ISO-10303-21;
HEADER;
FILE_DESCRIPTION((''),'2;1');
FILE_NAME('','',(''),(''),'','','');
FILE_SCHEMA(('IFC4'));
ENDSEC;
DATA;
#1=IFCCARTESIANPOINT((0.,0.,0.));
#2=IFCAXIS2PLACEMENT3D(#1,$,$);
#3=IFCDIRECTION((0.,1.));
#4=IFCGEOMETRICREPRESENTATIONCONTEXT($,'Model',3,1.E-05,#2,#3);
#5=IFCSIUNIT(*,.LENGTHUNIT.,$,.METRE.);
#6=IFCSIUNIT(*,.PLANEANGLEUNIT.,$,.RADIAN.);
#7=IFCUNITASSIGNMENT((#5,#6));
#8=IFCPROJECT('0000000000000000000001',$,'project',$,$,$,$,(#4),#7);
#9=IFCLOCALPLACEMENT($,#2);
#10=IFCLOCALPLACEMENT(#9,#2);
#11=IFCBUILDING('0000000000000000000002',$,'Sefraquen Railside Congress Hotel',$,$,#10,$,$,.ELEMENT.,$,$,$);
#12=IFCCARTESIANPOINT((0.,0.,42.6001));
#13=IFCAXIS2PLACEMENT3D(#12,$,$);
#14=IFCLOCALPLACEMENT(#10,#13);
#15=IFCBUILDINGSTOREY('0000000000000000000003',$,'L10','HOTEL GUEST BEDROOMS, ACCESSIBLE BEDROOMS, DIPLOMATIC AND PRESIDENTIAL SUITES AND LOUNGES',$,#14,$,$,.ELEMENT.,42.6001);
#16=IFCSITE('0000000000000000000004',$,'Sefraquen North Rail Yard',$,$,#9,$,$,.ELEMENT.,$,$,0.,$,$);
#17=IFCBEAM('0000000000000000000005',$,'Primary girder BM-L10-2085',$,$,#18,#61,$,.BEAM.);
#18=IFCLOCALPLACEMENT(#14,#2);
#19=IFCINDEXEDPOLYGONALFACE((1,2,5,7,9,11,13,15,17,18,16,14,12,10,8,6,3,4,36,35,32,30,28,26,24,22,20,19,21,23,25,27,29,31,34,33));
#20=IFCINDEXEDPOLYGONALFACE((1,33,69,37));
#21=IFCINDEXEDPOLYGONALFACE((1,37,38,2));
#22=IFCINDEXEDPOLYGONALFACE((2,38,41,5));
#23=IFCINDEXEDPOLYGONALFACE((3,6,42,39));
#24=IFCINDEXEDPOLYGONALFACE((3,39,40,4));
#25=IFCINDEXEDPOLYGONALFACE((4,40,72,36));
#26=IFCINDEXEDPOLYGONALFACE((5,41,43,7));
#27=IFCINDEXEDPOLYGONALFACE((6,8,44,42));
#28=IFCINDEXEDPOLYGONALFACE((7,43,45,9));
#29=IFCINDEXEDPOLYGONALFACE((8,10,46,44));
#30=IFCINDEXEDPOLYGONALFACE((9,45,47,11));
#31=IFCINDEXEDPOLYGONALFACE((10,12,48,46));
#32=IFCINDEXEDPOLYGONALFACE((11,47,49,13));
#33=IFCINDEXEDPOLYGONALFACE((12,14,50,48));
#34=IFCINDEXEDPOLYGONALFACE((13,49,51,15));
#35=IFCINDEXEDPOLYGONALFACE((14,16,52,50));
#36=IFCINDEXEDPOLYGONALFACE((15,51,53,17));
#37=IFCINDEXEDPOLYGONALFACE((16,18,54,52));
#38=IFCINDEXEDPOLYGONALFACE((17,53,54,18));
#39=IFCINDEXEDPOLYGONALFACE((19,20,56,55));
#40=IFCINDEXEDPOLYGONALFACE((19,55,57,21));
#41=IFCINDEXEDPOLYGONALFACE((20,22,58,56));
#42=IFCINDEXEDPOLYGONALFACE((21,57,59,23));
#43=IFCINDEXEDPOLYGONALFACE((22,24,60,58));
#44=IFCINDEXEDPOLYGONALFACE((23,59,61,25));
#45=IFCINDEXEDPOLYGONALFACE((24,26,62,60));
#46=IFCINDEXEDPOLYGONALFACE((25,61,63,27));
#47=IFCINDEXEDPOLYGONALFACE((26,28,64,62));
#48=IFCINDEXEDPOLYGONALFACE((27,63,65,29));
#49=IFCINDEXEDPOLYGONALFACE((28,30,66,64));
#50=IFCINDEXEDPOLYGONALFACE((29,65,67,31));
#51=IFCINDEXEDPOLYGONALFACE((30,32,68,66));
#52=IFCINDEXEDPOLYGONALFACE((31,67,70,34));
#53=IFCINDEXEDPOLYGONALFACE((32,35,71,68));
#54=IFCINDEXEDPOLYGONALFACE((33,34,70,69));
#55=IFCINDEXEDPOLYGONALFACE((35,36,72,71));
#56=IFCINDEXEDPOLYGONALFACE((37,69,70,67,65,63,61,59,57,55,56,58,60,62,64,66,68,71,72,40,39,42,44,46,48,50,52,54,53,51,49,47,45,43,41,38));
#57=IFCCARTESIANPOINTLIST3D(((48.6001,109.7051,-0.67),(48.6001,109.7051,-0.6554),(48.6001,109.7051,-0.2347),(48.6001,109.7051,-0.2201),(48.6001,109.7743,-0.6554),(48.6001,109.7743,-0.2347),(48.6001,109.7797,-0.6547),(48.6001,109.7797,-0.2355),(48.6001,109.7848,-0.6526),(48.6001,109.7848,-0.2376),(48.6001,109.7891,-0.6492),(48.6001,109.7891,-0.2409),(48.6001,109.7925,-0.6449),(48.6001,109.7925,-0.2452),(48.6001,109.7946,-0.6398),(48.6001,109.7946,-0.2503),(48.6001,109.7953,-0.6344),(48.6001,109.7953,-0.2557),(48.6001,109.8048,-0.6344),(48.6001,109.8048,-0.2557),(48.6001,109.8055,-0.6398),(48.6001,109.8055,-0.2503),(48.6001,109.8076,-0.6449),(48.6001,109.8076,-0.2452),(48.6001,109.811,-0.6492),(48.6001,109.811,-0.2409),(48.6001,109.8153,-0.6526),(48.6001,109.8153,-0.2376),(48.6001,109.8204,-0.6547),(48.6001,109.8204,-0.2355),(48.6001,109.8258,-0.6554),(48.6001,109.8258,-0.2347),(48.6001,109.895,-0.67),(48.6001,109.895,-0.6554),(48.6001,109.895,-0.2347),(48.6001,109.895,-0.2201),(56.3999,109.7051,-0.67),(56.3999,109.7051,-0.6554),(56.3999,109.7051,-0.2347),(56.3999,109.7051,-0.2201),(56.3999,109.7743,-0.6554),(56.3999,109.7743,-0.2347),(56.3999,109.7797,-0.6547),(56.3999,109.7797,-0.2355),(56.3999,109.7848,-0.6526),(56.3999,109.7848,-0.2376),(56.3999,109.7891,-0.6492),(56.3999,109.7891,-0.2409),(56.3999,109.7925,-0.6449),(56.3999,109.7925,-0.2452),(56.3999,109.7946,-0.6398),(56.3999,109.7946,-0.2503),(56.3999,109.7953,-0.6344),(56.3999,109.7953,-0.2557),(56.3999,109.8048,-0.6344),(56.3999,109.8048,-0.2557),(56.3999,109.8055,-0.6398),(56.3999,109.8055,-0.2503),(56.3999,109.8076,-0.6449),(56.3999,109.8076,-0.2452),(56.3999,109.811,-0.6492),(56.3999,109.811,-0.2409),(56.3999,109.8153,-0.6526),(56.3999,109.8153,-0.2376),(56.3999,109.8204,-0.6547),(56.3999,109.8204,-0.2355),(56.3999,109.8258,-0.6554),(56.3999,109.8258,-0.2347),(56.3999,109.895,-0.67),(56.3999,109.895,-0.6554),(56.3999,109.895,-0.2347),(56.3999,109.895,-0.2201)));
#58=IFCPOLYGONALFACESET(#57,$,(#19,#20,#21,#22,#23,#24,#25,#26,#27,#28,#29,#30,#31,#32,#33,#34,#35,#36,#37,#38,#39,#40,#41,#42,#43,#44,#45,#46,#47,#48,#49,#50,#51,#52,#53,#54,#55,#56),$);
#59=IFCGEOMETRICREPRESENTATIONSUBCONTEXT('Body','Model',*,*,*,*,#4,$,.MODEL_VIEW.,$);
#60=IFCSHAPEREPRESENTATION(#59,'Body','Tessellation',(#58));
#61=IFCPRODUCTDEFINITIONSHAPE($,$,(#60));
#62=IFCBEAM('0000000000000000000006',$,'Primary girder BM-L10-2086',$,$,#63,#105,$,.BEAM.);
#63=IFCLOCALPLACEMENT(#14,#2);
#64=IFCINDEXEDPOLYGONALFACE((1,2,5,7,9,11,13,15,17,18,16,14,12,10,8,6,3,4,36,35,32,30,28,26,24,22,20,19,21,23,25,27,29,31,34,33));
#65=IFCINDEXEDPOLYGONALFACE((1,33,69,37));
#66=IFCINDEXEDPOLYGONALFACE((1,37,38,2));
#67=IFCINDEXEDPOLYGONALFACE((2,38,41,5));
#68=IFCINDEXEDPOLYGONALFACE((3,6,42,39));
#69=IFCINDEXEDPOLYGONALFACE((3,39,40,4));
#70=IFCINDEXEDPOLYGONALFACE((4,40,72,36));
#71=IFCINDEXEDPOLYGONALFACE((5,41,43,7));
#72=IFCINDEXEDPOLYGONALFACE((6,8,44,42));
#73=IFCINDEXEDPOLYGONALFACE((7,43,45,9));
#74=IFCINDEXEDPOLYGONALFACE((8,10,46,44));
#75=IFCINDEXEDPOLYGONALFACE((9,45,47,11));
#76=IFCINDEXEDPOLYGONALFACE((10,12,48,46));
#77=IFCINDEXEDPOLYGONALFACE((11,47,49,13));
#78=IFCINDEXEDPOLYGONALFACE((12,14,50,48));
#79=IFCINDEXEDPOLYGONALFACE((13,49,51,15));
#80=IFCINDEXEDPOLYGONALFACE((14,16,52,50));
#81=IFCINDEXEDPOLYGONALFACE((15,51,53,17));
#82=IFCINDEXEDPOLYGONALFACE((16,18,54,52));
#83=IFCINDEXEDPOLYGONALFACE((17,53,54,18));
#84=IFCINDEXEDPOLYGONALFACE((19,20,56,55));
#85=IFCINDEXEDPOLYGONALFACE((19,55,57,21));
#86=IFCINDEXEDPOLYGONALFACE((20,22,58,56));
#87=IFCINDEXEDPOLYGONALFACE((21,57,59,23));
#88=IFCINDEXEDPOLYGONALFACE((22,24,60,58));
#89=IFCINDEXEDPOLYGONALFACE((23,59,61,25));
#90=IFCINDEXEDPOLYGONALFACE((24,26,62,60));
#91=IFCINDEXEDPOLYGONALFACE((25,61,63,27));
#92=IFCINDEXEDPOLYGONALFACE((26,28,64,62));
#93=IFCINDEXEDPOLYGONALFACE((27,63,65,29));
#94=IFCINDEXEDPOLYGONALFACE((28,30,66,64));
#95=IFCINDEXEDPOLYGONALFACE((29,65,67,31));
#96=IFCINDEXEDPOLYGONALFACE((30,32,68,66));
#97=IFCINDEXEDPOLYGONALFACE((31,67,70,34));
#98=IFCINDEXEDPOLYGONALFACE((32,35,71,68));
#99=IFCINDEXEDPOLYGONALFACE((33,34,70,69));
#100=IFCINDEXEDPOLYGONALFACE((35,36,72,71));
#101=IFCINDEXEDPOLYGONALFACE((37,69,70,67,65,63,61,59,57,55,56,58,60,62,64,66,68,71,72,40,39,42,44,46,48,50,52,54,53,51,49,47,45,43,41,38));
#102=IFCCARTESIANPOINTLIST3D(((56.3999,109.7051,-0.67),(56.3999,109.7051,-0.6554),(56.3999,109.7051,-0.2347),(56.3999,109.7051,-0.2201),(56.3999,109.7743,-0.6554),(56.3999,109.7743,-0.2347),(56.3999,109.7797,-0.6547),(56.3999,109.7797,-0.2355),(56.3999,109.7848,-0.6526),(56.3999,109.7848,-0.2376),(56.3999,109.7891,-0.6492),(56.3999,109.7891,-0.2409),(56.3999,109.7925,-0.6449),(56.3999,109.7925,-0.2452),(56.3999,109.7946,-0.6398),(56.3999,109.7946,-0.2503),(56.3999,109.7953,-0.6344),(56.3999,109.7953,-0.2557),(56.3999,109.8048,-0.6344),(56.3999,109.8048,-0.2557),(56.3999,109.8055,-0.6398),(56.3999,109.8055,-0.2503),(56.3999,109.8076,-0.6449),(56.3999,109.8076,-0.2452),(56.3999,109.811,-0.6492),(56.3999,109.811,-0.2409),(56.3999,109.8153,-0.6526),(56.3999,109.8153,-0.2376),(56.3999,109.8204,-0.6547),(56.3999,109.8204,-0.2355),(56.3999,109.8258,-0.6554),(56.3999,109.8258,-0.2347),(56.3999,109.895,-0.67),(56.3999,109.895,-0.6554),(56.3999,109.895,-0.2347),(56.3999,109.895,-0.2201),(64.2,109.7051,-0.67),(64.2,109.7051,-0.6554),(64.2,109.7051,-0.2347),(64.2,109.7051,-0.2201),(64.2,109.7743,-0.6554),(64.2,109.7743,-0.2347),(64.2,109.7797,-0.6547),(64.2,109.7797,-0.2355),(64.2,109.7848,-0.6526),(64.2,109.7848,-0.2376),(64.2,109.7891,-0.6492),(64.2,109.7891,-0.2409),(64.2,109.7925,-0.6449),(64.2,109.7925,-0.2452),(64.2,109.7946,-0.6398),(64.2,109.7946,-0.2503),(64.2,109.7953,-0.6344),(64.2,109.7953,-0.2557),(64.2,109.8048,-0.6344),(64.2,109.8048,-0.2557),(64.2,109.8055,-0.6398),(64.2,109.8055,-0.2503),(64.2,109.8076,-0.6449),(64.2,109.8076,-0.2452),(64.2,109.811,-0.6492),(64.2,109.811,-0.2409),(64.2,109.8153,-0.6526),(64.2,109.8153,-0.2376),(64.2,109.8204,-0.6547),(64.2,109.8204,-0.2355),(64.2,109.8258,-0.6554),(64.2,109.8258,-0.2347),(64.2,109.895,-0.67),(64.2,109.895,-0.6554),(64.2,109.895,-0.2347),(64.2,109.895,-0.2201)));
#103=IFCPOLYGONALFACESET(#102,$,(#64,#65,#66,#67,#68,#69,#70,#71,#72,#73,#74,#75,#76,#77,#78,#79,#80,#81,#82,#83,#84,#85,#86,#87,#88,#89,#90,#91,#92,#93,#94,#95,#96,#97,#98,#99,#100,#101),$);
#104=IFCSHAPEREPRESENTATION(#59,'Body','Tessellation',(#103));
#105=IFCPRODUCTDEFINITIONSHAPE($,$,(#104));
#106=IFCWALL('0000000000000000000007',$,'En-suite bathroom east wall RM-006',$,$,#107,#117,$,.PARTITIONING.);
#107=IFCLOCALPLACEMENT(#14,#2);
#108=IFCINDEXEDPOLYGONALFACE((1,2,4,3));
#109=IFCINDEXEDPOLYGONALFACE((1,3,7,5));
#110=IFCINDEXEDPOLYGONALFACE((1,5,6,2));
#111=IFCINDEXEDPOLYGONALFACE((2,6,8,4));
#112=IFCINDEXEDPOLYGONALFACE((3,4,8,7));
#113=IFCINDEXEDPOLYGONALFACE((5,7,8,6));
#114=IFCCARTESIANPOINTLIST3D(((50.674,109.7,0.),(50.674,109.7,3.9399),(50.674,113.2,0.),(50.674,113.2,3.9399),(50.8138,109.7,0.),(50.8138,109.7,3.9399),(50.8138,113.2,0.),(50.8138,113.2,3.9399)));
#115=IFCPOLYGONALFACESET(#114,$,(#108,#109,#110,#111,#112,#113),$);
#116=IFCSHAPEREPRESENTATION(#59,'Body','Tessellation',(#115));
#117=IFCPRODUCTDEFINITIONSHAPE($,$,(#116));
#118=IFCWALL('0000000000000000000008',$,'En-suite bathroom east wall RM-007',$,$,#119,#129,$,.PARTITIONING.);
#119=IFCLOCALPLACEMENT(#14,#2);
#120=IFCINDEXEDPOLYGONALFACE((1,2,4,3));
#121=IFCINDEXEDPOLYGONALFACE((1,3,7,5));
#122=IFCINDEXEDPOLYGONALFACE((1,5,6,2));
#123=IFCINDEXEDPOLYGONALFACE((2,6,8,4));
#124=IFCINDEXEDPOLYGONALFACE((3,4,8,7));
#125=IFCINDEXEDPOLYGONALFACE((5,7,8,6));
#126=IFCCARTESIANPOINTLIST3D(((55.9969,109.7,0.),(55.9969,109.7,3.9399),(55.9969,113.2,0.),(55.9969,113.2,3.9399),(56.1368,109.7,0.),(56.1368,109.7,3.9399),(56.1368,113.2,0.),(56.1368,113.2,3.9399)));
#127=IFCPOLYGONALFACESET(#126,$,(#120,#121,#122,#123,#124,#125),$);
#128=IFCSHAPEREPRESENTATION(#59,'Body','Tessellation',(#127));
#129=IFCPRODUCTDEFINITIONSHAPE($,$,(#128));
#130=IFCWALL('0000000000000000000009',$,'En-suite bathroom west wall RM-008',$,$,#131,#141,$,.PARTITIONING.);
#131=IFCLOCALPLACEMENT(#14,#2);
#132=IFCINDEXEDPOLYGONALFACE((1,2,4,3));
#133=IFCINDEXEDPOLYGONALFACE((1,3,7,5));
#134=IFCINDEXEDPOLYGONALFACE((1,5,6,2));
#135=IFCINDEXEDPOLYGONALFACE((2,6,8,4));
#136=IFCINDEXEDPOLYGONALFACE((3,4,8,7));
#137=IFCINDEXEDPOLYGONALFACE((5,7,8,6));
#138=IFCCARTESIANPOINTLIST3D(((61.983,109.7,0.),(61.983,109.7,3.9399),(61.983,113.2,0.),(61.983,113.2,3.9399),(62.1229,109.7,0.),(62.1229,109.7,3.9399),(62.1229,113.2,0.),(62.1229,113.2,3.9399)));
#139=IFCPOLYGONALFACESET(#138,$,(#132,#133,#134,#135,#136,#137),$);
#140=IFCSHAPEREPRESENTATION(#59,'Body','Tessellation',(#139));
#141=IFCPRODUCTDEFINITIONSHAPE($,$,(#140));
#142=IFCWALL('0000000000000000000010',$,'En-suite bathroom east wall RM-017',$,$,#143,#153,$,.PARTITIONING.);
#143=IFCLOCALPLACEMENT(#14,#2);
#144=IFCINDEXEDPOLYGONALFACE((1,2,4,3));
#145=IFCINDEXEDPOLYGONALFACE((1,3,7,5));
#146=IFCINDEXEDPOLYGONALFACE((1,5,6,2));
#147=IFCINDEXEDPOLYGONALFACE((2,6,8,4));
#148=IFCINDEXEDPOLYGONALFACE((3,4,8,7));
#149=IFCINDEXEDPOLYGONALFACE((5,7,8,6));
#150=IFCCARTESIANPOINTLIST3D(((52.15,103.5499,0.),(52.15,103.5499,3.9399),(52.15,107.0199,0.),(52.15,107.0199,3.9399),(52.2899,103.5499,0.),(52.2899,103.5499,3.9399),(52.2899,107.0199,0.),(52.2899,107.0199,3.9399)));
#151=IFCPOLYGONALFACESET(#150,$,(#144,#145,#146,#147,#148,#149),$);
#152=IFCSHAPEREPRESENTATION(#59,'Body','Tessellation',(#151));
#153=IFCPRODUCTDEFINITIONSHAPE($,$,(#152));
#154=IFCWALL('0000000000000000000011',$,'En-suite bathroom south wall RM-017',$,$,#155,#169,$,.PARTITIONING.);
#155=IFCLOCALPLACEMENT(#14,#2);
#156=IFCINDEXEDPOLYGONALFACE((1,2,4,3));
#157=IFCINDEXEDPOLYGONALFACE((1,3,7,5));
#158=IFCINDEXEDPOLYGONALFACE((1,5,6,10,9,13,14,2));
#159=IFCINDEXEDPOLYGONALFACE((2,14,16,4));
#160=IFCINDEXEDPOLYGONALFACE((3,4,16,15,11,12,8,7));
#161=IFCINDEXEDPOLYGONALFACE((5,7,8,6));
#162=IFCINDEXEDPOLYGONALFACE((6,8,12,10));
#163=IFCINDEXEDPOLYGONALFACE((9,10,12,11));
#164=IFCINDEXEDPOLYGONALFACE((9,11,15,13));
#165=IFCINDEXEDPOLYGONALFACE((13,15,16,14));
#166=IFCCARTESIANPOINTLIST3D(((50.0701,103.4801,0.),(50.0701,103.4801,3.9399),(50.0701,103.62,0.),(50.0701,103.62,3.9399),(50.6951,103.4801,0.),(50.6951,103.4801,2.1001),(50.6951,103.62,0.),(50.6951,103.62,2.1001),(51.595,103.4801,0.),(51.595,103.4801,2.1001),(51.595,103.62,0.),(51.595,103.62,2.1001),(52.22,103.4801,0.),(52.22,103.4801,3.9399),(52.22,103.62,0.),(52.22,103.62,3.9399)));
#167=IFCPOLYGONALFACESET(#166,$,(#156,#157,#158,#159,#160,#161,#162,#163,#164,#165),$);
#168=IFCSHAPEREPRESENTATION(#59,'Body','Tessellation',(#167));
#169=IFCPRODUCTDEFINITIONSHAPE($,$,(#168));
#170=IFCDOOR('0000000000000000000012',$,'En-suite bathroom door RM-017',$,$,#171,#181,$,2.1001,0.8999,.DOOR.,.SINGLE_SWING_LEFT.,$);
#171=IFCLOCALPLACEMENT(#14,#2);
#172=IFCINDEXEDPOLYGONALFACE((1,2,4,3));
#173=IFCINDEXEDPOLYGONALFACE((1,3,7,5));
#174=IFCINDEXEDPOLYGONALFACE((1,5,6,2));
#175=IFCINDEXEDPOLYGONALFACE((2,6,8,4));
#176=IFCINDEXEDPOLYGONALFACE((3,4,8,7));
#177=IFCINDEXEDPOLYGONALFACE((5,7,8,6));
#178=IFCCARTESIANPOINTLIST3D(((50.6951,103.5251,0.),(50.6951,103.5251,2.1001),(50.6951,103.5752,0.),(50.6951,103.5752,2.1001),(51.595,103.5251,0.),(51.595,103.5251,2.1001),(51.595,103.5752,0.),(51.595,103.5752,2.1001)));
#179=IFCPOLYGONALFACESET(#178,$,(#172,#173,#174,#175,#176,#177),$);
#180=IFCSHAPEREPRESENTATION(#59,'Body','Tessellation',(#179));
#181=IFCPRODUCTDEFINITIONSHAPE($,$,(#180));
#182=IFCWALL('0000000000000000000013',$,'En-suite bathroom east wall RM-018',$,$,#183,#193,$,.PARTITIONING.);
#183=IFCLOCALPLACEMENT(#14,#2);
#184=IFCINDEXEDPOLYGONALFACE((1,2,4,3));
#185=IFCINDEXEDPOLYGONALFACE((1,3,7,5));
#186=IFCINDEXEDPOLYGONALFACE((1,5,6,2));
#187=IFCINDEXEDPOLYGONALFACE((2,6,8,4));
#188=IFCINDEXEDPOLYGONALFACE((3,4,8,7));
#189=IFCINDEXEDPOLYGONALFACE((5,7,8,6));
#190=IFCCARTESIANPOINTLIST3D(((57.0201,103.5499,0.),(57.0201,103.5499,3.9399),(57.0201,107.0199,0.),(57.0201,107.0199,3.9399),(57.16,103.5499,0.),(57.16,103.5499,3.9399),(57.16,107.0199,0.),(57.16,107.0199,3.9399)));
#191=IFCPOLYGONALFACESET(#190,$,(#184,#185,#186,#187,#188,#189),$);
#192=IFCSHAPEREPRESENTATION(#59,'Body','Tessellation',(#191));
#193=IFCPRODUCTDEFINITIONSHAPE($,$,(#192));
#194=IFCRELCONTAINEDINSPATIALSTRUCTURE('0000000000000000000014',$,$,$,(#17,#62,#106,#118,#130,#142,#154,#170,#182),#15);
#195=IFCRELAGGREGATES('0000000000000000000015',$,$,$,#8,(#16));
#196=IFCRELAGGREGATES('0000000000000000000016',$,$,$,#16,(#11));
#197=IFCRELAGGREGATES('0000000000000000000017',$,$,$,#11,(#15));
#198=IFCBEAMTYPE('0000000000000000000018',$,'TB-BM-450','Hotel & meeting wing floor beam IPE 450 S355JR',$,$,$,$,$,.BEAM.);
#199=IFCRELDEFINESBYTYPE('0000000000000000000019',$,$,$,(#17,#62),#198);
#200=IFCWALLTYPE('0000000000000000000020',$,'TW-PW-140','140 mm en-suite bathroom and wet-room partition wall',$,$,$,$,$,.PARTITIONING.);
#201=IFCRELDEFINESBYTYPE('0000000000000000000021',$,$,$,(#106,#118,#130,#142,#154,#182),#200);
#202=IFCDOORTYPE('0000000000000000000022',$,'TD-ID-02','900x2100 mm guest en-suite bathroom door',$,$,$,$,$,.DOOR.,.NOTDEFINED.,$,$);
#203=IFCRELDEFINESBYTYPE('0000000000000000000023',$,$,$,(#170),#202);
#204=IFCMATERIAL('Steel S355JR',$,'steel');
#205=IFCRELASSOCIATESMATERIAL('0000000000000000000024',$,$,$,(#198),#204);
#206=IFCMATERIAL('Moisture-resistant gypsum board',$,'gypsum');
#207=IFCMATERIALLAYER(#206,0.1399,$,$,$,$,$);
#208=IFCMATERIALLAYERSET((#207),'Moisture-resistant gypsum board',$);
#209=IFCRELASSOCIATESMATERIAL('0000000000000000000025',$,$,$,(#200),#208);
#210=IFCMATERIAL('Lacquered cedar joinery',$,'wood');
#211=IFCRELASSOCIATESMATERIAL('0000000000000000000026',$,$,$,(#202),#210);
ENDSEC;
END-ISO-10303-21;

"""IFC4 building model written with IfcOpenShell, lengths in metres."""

from ifc_helpers import new_model, si_unit, direction, frame, frame_2d, origin, origin_2d, place, context, subcontext, project, spatial, rectangle, i_section, extrude, material, layer, layer_set, material_profile, profile_set, type_object, element, fill, save


model = new_model("IFC4")

# Units and contexts
model_context = context("Model", 3, precision=1e-05, world=origin(), true_north=direction((0.0, 1.0)))
body_context = subcontext(model_context, "Body", "Model", "MODEL_VIEW")
ifc_project = project(units=[si_unit("LENGTHUNIT", "METRE"), si_unit("PLANEANGLEUNIT", "RADIAN")], contexts=[model_context])

# Site, building, storey
site_placement = place(None, origin())
site = spatial("IfcSite", under=ifc_project, at=site_placement, Name="Sefraquen North Rail Yard", CompositionType="ELEMENT", RefElevation=0.0)
building_placement = place(site_placement, origin())
building = spatial("IfcBuilding", under=site, at=building_placement, Name="Sefraquen Railside Congress Hotel", CompositionType="ELEMENT")
storey_placement = place(building_placement, frame((0.0, 0.0, 42.6001)))
storey = spatial("IfcBuildingStorey", under=building, at=storey_placement, Name="L10", Description="HOTEL GUEST BEDROOMS, ACCESSIBLE BEDROOMS, DIPLOMATIC AND PRESIDENTIAL SUITES AND LOUNGES", CompositionType="ELEMENT", Elevation=42.6001)

# Shared definitions
ifc_material_1 = material(Name="Steel S355JR", Category="steel")

# Beams
ifc_material_profile_1 = material_profile(ifc_material_1, i_section(OverallWidth=0.1899, OverallDepth=0.45, WebThickness=0.0095, FlangeThickness=0.0146, FilletRadius=0.021, at=origin_2d()), Name="IPE 450")
ifc_profile_set_1 = profile_set([ifc_material_profile_1], Name="Steel S355JR")
beam_type_1 = type_object("IfcBeamType", Name="TB-BM-450", Description="Hotel & meeting wing floor beam IPE 450 S355JR", PredefinedType="BEAM", material=ifc_profile_set_1)
beam_1_placement = place(storey_placement, frame((48.6001, 109.8, -0.4451), z_axis=(1.0, 0.0, 0.0), x_axis=(0.0, 1.0, 0.0)))
element("IfcBeam", 1, at=beam_1_placement, inside=storey, type_object=beam_type_1, Name="Primary girder BM-L10-2085", PredefinedType="BEAM", context=body_context, shape_type="SweptSolid", body=[
    extrude(i_section(OverallWidth=0.1899, OverallDepth=0.45, WebThickness=0.0095, FlangeThickness=0.0146, FilletRadius=0.021, at=origin_2d()), origin(), (0.0, 0.0, 1.0), 7.7998),
])
beam_2_placement = place(storey_placement, frame((56.3999, 109.8, -0.4451), z_axis=(1.0, 0.0, 0.0), x_axis=(0.0, 1.0, 0.0)))
element("IfcBeam", 2, at=beam_2_placement, inside=storey, type_object=beam_type_1, Name="Primary girder BM-L10-2086", PredefinedType="BEAM", context=body_context, shape_type="SweptSolid", body=[
    extrude(i_section(OverallWidth=0.1899, OverallDepth=0.45, WebThickness=0.0095, FlangeThickness=0.0146, FilletRadius=0.021, at=origin_2d()), origin(), (0.0, 0.0, 1.0), 7.8),
])

# Walls
ifc_material_2 = material(Name="Moisture-resistant gypsum board", Category="gypsum")
ifc_layer_1 = layer(ifc_material_2, 0.1399)
ifc_layer_set_1 = layer_set([ifc_layer_1], Name="Moisture-resistant gypsum board")
wall_type_1 = type_object("IfcWallType", Name="TW-PW-140", Description="140 mm en-suite bathroom and wet-room partition wall", PredefinedType="PARTITIONING", material=ifc_layer_set_1)
for number, where, z_axis, x_axis, name in (
    (3, (50.7439, 109.7, 0.0), (0.0, 0.0, 1.0), (0.0, 1.0, 0.0), "En-suite bathroom east wall RM-006"),
    (4, (56.0669, 109.7, 0.0), (0.0, 0.0, 1.0), (0.0, 1.0, 0.0), "En-suite bathroom east wall RM-007"),
    (5, (62.053, 109.7, 0.0), (0.0, 0.0, 1.0), (0.0, 1.0, 0.0), "En-suite bathroom west wall RM-008"),
):
    element("IfcWall", number, at=place(storey_placement, frame(where, z_axis=z_axis, x_axis=x_axis)), inside=storey, type_object=wall_type_1, Name=name, PredefinedType="PARTITIONING", context=body_context, shape_type="SweptSolid", body=[
        extrude(rectangle(XDim=3.5, YDim=0.1399, at=frame_2d((1.75, 0.0))), origin(), (0.0, 0.0, 1.0), 3.9399),
    ])
wall_1_placement = place(storey_placement, frame((52.22, 103.55, 0.0), z_axis=(0.0, 0.0, 1.0), x_axis=(0.0, 1.0, 0.0)))
element("IfcWall", 6, at=wall_1_placement, inside=storey, type_object=wall_type_1, Name="En-suite bathroom east wall RM-017", PredefinedType="PARTITIONING", context=body_context, shape_type="SweptSolid", body=[
    extrude(rectangle(XDim=3.47, YDim=0.1399, at=frame_2d((1.7349, 0.0))), origin(), (0.0, 0.0, 1.0), 3.9399),
])

# Wall, opening, door
wall_2_placement = place(storey_placement, frame((50.0701, 103.55, 0.0), z_axis=(0.0, 0.0, 1.0), x_axis=(1.0, 0.0, 0.0)))
wall_2 = element("IfcWall", 7, at=wall_2_placement, inside=storey, type_object=wall_type_1, Name="En-suite bathroom south wall RM-017", PredefinedType="PARTITIONING", context=body_context, shape_type="SweptSolid", body=[
    extrude(rectangle(XDim=2.1499, YDim=0.1399, at=frame_2d((1.075, 0.0))), origin(), (0.0, 0.0, 1.0), 3.9399),
])
opening_1_placement = place(wall_2_placement, frame((0.625, 0.0, 0.0)))
opening_1 = element("IfcOpeningElement", 8, at=opening_1_placement, cuts=wall_2, PredefinedType="OPENING", context=body_context, shape_type="SweptSolid", body=[
    extrude(rectangle(XDim=0.8999, YDim=2.1001, at=frame_2d((0.45, 1.05))), frame((0.0, 0.0798, 0.0), z_axis=(0.0, -1.0, 0.0), x_axis=(1.0, 0.0, 0.0)), (0.0, 0.0, 1.0), 0.1599),
])
ifc_material_3 = material(Name="Lacquered cedar joinery", Category="wood")
door_type = type_object("IfcDoorType", Name="TD-ID-02", Description="900x2100 mm guest en-suite bathroom door", OperationType="NOTDEFINED", PredefinedType="DOOR", material=ifc_material_3)
door_1_placement = place(opening_1_placement, frame((0.8999, 0.0, 0.0), z_axis=(0.0, 0.0, 1.0), x_axis=(-1.0, 0.0, 0.0)))
door_1 = element("IfcDoor", 9, at=door_1_placement, inside=storey, type_object=door_type, Name="En-suite bathroom door RM-017", OperationType="SINGLE_SWING_LEFT", OverallHeight=2.1001, OverallWidth=0.8999, PredefinedType="DOOR", context=body_context, shape_type="SweptSolid", body=[
    extrude(rectangle(XDim=0.8999, YDim=2.1001, at=frame_2d((0.45, 1.05))), frame((0.0, 0.0249, 0.0), z_axis=(0.0, -1.0, 0.0), x_axis=(1.0, 0.0, 0.0)), (0.0, 0.0, 1.0), 0.05),
])
fill(opening_1, door_1)

# Wall
wall_3_placement = place(storey_placement, frame((57.0901, 103.55, 0.0), z_axis=(0.0, 0.0, 1.0), x_axis=(0.0, 1.0, 0.0)))
element("IfcWall", 10, at=wall_3_placement, inside=storey, type_object=wall_type_1, Name="En-suite bathroom east wall RM-018", PredefinedType="PARTITIONING", context=body_context, shape_type="SweptSolid", body=[
    extrude(rectangle(XDim=3.47, YDim=0.1399, at=frame_2d((1.7349, 0.0))), origin(), (0.0, 0.0, 1.0), 3.9399),
])

save(model, "model.ifc")
